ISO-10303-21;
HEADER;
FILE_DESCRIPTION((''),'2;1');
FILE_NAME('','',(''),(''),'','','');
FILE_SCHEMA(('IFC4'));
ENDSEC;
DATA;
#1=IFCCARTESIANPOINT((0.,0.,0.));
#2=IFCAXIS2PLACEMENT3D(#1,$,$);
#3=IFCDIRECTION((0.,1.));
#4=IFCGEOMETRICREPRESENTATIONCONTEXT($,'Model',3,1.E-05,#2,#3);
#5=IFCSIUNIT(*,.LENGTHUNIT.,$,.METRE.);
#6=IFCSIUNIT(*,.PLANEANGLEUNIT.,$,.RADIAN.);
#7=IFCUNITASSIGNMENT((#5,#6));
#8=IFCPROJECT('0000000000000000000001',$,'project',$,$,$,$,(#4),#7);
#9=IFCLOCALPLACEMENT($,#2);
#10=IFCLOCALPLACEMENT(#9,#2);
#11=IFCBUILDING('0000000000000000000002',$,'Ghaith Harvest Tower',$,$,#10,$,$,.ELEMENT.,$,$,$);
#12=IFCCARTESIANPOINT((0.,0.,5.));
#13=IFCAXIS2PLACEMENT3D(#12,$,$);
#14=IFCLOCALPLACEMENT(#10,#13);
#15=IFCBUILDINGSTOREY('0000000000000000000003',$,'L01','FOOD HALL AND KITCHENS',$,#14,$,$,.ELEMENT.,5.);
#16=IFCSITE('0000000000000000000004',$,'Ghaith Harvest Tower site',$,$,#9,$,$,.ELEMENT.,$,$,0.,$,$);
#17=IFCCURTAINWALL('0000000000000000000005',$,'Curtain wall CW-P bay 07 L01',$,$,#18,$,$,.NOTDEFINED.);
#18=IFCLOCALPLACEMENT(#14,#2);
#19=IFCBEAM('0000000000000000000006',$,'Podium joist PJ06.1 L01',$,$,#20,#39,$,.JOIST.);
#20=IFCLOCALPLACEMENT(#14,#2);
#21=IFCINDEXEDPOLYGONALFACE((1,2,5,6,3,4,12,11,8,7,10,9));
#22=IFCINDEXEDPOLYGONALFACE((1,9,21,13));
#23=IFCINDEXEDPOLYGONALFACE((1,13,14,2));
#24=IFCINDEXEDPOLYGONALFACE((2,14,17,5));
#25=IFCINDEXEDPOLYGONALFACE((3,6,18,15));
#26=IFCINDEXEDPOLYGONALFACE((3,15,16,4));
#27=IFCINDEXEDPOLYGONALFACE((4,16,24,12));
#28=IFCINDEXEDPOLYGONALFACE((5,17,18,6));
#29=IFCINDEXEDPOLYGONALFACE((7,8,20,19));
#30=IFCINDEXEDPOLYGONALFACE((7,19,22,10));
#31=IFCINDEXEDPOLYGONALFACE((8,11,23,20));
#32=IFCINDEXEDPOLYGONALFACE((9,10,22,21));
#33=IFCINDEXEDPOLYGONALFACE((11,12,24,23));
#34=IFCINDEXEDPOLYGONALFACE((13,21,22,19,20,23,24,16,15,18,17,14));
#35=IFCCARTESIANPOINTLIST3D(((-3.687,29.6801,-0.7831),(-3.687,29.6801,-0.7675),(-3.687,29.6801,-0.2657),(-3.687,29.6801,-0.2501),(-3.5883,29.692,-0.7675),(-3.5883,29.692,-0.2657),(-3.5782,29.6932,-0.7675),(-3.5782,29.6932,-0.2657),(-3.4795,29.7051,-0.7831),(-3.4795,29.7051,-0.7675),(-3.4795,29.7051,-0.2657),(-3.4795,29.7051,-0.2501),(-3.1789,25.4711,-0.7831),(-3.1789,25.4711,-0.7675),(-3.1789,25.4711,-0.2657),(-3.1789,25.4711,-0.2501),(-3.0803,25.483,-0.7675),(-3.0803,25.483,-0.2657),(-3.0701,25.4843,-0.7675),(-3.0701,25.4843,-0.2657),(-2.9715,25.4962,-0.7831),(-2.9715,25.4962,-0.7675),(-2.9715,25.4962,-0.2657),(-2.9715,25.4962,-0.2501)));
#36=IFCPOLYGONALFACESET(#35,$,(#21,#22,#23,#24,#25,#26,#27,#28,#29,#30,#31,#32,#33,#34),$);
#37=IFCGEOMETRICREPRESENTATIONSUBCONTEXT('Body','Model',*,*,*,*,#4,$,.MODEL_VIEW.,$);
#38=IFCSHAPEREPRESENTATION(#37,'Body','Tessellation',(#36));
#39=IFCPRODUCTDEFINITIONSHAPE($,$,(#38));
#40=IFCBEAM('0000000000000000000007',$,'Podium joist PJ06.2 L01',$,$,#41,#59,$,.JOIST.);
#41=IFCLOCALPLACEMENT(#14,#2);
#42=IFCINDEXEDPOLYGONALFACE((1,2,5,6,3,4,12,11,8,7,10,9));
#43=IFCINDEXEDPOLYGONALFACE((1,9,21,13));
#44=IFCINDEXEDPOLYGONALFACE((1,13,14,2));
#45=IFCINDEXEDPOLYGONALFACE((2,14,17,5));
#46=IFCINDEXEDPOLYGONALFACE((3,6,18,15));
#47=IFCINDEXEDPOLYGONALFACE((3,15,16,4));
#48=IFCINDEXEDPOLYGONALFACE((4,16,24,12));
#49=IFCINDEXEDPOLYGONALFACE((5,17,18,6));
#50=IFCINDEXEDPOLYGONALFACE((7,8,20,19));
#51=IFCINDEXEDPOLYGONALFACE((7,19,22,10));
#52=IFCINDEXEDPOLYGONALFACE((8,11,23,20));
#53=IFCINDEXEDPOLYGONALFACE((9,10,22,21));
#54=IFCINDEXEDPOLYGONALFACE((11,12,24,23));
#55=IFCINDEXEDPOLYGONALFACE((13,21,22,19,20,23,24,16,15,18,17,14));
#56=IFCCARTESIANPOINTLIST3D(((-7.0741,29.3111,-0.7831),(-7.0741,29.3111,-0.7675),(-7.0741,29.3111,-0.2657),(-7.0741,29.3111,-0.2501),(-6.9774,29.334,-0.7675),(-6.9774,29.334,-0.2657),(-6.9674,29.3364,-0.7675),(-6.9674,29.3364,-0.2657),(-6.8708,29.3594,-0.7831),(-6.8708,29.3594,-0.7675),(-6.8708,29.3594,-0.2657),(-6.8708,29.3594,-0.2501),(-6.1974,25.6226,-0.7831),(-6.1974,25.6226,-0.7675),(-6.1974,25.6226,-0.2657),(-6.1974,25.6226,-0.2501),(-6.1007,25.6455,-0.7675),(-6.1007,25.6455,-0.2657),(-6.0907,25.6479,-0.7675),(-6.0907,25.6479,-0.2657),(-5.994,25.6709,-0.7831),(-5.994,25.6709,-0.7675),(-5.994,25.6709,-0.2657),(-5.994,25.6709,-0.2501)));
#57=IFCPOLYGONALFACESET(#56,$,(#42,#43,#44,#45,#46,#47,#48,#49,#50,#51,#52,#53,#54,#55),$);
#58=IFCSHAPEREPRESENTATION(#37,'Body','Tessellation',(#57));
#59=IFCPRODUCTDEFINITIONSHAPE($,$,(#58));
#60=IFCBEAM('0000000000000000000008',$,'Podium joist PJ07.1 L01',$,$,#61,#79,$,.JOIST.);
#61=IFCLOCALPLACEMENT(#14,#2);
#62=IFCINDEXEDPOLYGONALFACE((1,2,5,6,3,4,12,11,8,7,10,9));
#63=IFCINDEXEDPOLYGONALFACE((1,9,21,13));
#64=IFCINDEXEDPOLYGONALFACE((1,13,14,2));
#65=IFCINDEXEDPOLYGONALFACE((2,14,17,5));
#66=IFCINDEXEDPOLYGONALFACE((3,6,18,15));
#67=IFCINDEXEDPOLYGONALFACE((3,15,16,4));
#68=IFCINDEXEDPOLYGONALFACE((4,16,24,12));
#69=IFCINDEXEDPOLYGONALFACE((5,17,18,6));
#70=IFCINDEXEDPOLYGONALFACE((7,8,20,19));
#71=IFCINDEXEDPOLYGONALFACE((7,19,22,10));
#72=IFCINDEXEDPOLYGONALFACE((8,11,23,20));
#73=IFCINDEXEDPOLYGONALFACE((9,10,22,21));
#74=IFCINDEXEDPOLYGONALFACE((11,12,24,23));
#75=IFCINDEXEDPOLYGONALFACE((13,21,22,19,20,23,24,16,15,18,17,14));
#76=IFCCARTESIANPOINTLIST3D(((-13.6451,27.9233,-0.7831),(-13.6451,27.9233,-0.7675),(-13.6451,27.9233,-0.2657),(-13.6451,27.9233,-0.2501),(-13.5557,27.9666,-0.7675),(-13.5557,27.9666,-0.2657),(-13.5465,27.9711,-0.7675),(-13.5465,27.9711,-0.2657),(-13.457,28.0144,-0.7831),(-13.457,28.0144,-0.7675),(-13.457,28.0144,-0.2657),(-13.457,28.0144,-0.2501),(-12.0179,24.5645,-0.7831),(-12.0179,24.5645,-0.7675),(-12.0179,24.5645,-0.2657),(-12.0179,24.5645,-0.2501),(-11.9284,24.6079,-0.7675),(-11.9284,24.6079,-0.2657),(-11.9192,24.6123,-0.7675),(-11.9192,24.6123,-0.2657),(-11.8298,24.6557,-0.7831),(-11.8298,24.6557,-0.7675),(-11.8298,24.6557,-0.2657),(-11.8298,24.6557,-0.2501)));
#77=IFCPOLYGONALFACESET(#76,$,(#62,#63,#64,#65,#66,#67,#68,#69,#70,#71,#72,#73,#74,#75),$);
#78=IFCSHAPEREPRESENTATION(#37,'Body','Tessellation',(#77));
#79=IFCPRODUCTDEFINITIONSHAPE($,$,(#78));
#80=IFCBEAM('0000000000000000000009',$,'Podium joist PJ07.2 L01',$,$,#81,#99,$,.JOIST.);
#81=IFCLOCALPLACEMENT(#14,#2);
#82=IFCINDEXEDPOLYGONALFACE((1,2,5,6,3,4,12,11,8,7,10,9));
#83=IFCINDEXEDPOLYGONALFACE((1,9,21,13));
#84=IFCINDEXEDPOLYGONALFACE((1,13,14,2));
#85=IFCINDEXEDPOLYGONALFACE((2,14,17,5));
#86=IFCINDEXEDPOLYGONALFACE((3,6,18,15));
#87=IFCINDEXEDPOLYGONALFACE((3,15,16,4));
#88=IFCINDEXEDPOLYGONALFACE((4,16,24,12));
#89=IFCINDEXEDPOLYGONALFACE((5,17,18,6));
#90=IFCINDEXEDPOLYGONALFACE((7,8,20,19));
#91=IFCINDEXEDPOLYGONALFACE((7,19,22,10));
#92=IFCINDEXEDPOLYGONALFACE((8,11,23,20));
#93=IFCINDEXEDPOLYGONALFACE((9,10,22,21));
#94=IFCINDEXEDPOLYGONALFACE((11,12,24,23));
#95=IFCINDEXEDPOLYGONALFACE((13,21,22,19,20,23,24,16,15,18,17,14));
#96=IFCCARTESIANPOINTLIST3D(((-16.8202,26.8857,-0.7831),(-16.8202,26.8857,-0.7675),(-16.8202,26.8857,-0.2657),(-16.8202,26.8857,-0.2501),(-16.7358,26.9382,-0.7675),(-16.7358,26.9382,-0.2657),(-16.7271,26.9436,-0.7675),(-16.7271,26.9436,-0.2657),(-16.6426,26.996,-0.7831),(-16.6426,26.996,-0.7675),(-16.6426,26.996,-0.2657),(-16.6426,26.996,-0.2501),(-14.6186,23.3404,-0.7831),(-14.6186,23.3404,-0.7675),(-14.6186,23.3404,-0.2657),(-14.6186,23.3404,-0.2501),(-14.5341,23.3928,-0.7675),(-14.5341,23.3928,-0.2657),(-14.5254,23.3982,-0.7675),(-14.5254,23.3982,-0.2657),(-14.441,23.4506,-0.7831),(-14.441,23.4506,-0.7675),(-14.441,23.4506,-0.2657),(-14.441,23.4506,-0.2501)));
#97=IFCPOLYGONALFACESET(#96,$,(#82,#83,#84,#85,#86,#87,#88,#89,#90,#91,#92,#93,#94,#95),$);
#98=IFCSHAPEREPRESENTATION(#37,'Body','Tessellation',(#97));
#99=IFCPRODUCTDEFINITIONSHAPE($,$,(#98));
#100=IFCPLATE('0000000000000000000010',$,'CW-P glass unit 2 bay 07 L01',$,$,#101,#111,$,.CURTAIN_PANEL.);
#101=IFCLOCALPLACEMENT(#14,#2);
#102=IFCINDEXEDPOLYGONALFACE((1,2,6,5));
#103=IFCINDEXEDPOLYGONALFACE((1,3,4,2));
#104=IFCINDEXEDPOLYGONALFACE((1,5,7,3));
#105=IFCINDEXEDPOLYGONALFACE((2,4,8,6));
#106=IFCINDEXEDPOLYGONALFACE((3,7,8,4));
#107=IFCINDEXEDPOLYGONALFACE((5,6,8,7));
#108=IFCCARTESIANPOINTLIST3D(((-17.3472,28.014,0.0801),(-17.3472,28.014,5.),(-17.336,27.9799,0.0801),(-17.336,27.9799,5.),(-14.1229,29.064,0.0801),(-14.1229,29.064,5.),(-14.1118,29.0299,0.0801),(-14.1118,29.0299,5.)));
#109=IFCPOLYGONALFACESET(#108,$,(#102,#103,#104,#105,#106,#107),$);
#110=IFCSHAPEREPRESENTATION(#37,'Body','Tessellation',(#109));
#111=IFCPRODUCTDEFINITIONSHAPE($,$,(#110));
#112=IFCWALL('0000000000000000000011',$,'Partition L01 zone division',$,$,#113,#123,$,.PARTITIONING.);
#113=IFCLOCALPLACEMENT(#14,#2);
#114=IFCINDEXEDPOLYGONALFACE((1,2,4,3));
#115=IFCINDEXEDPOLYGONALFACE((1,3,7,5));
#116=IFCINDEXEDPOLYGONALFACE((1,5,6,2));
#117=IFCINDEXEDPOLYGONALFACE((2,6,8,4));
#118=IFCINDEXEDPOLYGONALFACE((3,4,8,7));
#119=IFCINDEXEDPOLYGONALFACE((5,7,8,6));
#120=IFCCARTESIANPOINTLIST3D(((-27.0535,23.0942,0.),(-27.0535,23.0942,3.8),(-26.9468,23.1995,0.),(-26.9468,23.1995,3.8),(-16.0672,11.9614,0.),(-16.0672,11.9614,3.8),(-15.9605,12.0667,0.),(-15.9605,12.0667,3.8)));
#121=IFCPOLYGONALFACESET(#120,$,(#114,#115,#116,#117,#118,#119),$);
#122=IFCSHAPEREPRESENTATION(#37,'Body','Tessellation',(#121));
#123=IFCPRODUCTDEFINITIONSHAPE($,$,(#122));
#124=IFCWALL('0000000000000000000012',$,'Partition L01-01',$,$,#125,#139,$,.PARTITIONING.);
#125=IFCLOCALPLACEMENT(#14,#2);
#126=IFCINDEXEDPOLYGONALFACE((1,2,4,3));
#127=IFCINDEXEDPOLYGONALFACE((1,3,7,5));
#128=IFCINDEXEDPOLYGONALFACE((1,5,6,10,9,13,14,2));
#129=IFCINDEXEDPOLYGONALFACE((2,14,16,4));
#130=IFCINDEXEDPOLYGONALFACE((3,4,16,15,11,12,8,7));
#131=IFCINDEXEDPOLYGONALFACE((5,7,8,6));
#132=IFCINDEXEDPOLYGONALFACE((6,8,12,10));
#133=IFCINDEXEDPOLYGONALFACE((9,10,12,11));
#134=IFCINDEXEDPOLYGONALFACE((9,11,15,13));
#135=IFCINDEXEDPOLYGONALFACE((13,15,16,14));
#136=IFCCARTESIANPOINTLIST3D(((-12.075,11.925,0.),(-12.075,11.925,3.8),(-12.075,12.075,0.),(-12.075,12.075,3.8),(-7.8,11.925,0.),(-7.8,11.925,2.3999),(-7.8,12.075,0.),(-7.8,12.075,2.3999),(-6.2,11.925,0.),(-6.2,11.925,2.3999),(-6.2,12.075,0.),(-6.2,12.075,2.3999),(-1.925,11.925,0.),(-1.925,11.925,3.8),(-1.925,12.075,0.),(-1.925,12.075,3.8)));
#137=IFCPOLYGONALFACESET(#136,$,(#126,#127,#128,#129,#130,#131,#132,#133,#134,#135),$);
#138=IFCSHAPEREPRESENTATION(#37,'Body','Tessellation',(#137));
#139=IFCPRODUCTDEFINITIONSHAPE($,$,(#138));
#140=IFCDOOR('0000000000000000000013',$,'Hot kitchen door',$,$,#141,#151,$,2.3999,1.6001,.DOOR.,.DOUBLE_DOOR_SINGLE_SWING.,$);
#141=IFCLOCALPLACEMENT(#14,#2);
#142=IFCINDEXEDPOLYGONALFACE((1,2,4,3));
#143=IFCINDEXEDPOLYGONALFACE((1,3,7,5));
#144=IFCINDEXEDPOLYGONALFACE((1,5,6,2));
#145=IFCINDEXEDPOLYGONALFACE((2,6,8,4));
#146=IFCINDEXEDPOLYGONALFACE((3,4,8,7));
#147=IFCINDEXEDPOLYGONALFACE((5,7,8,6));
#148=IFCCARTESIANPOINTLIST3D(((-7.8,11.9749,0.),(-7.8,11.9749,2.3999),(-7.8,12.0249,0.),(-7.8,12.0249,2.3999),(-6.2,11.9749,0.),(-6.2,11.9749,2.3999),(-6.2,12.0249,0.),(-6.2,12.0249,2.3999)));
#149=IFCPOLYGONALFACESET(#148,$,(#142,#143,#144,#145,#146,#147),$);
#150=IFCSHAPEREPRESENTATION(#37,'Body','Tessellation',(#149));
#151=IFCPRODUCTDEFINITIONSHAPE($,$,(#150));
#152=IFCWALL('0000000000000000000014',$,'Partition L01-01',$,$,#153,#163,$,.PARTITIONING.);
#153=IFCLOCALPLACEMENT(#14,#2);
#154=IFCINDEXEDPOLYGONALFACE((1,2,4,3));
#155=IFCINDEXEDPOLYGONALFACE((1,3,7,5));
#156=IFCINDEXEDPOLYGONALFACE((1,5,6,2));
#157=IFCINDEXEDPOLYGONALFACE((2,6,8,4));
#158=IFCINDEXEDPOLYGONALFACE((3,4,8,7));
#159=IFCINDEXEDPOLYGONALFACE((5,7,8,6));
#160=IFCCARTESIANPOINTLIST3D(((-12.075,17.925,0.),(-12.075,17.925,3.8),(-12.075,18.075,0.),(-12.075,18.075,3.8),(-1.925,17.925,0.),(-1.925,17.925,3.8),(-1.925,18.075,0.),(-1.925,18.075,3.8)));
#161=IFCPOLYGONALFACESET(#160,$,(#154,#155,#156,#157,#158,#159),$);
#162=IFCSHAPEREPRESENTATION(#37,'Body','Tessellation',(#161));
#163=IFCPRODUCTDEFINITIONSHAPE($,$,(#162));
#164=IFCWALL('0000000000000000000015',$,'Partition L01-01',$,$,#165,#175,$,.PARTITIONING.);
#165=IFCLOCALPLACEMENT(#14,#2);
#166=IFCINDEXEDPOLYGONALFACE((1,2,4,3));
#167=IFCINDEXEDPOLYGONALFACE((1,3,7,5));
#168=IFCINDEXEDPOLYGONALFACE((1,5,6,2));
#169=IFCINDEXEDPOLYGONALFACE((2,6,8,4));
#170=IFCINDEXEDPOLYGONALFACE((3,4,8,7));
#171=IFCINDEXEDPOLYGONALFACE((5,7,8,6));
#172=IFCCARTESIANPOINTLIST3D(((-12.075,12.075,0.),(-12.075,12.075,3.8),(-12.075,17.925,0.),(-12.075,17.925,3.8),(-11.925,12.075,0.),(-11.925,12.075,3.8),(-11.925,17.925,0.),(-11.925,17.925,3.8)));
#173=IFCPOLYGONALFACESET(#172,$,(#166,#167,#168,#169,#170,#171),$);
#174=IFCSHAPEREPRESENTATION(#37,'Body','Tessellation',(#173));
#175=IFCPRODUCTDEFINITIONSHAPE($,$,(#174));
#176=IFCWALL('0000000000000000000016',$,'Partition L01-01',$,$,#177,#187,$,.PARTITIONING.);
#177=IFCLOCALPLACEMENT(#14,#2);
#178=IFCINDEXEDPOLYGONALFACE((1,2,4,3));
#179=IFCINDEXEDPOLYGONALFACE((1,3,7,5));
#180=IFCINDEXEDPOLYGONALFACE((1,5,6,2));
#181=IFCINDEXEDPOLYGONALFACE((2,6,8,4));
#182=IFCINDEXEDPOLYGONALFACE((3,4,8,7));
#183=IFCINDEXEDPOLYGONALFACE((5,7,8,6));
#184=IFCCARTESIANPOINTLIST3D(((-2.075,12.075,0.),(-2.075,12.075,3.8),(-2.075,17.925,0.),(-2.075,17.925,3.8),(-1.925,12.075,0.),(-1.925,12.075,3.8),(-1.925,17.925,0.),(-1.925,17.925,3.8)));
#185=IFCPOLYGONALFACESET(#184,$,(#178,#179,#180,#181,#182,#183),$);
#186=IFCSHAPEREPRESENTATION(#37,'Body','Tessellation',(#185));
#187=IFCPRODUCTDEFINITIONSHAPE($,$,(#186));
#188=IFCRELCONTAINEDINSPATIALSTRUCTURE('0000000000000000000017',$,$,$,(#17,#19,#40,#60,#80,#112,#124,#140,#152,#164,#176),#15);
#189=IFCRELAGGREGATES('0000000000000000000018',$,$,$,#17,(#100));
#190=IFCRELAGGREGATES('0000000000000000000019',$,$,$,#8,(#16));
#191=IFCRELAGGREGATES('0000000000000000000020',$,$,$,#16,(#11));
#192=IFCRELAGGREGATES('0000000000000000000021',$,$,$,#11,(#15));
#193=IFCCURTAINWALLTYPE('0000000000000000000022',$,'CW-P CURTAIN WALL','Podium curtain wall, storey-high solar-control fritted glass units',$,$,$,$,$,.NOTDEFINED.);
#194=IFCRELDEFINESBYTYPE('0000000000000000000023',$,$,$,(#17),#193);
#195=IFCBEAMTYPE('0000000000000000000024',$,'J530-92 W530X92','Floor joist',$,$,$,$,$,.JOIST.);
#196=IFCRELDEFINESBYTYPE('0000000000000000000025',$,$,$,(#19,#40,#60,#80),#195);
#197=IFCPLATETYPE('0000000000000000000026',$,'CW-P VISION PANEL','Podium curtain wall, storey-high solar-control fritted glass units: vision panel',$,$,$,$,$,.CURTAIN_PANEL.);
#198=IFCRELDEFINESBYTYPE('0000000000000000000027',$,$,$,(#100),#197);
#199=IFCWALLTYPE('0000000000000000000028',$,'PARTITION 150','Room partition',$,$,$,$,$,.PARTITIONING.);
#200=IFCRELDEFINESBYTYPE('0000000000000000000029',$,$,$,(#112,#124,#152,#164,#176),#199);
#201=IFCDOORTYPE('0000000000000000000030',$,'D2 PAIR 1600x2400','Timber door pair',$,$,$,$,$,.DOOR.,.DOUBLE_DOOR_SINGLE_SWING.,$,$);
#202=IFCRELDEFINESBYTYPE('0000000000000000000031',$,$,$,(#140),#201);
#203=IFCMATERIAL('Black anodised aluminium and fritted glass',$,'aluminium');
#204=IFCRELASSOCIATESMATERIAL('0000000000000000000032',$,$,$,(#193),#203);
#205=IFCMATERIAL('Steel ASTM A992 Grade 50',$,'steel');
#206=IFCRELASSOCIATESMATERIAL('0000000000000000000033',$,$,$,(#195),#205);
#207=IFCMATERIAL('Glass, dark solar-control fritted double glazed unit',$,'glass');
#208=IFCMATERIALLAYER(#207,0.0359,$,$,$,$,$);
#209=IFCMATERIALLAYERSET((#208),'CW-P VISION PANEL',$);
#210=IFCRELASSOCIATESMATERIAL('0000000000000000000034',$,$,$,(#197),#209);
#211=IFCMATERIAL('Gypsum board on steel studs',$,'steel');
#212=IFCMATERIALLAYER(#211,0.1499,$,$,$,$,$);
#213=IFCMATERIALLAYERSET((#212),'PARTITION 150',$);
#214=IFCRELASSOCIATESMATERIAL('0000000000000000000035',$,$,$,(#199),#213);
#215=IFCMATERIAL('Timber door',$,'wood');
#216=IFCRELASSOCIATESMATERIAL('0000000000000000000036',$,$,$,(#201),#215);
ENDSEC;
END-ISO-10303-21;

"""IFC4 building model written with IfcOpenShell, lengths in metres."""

from ifc_helpers import new_model, si_unit, direction, frame, frame_2d, origin, origin_2d, place, context, subcontext, project, spatial, rectangle, i_section, extrude, material, layer, layer_set, material_profile, profile_set, type_object, element, fill, aggregate, save


model = new_model("IFC4")

# Units and contexts
model_context = context("Model", 3, precision=1e-05, world=origin(), true_north=direction((0.0, 1.0)))
body_context = subcontext(model_context, "Body", "Model", "MODEL_VIEW")
ifc_project = project(units=[si_unit("LENGTHUNIT", "METRE"), si_unit("PLANEANGLEUNIT", "RADIAN")], contexts=[model_context])

# Site, building, storey
site_placement = place(None, origin())
site = spatial("IfcSite", under=ifc_project, at=site_placement, Name="Ghaith Harvest Tower site", CompositionType="ELEMENT", RefElevation=0.0)
building_placement = place(site_placement, origin())
building = spatial("IfcBuilding", under=site, at=building_placement, Name="Ghaith Harvest Tower", CompositionType="ELEMENT")
storey_placement = place(building_placement, frame((0.0, 0.0, 5.0)))
storey = spatial("IfcBuildingStorey", under=building, at=storey_placement, Name="L01", Description="FOOD HALL AND KITCHENS", CompositionType="ELEMENT", Elevation=5.0)

# Curtain wall
ifc_material_1 = material(Name="Black anodised aluminium and fritted glass", Category="aluminium")
curtain_wall_type = type_object("IfcCurtainWallType", Name="CW-P CURTAIN WALL", Description="Podium curtain wall, storey-high solar-control fritted glass units", PredefinedType="NOTDEFINED", material=ifc_material_1)
curtain_wall_placement = place(storey_placement, origin())
curtain_wall = element("IfcCurtainWall", 1, at=curtain_wall_placement, inside=storey, type_object=curtain_wall_type, Name="Curtain wall CW-P bay 07 L01", PredefinedType="NOTDEFINED")

# Beams
ifc_material_2 = material(Name="Steel ASTM A992 Grade 50", Category="steel")
ifc_material_profile_1 = material_profile(ifc_material_2, i_section(OverallWidth=0.209, OverallDepth=0.533, WebThickness=0.0103, FlangeThickness=0.0156, at=origin_2d()), Name="W530X92")
ifc_profile_set_1 = profile_set([ifc_material_profile_1], Name="Steel ASTM A992 Grade 50")
beam_type_1 = type_object("IfcBeamType", Name="J530-92 W530X92", Description="Floor joist", PredefinedType="JOIST", material=ifc_profile_set_1)
beam_1_placement = place(storey_placement, frame((-3.0752, 25.4836, -0.5166), z_axis=(-0.119838, 0.992793, 0.0), x_axis=(-0.992793, -0.119838, 0.0)))
element("IfcBeam", 2, at=beam_1_placement, inside=storey, type_object=beam_type_1, Name="Podium joist PJ06.1 L01", PredefinedType="JOIST", context=body_context, shape_type="SweptSolid", body=[
    extrude(i_section(OverallWidth=0.209, OverallDepth=0.533, WebThickness=0.0103, FlangeThickness=0.0156, at=origin_2d()), origin(), (0.0, 0.0, 1.0), 4.2395),
])
beam_2_placement = place(storey_placement, frame((-6.0957, 25.6467, -0.5166), z_axis=(-0.231246, 0.972895, 0.0), x_axis=(-0.972895, -0.231246, 0.0)))
element("IfcBeam", 3, at=beam_2_placement, inside=storey, type_object=beam_type_1, Name="Podium joist PJ06.2 L01", PredefinedType="JOIST", context=body_context, shape_type="SweptSolid", body=[
    extrude(i_section(OverallWidth=0.209, OverallDepth=0.533, WebThickness=0.0103, FlangeThickness=0.0156, at=origin_2d()), origin(), (0.0, 0.0, 1.0), 3.7913),
])
beam_3_placement = place(storey_placement, frame((-11.9238, 24.6101, -0.5166), z_axis=(-0.436005, 0.899944, 0.0), x_axis=(-0.899944, -0.436005, 0.0)))
element("IfcBeam", 4, at=beam_3_placement, inside=storey, type_object=beam_type_1, Name="Podium joist PJ07.1 L01", PredefinedType="JOIST", context=body_context, shape_type="SweptSolid", body=[
    extrude(i_section(OverallWidth=0.209, OverallDepth=0.533, WebThickness=0.0103, FlangeThickness=0.0156, at=origin_2d()), origin(), (0.0, 0.0, 1.0), 3.7322),
])
beam_4_placement = place(storey_placement, frame((-14.5298, 23.3955, -0.5166), z_axis=(-0.527546, 0.849526, 0.0), x_axis=(-0.849526, -0.527546, 0.0)))
element("IfcBeam", 5, at=beam_4_placement, inside=storey, type_object=beam_type_1, Name="Podium joist PJ07.2 L01", PredefinedType="JOIST", context=body_context, shape_type="SweptSolid", body=[
    extrude(i_section(OverallWidth=0.209, OverallDepth=0.533, WebThickness=0.0103, FlangeThickness=0.0156, at=origin_2d()), origin(), (0.0, 0.0, 1.0), 4.1733),
])

# Plate
ifc_material_3 = material(Name="Glass, dark solar-control fritted double glazed unit", Category="glass")
ifc_layer_1 = layer(ifc_material_3, 0.0359)
ifc_layer_set_1 = layer_set([ifc_layer_1], Name="CW-P VISION PANEL")
plate_type = type_object("IfcPlateType", Name="CW-P VISION PANEL", Description="Podium curtain wall, storey-high solar-control fritted glass units: vision panel", PredefinedType="CURTAIN_PANEL", material=ifc_layer_set_1)
plate_placement = place(storey_placement, frame((-15.7295, 28.522, 0.0801), z_axis=(0.0, 0.0, 1.0), x_axis=(-0.95085, -0.309651, 0.0)))
plate = element("IfcPlate", 6, at=plate_placement, type_object=plate_type, Name="CW-P glass unit 2 bay 07 L01", PredefinedType="CURTAIN_PANEL", context=body_context, shape_type="SweptSolid", body=[
    extrude(rectangle(XDim=3.3909, YDim=0.0359, at=origin_2d()), origin(), (0.0, 0.0, 1.0), 4.9199),
])
aggregate(curtain_wall, [plate])

# Wall
ifc_material_4 = material(Name="Gypsum board on steel studs", Category="steel")
ifc_layer_2 = layer(ifc_material_4, 0.1499)
ifc_layer_set_2 = layer_set([ifc_layer_2], Name="PARTITION 150")
wall_type = type_object("IfcWallType", Name="PARTITION 150", Description="Room partition", PredefinedType="PARTITIONING", material=ifc_layer_set_2)
wall_1_placement = place(storey_placement, frame((-16.0139, 12.0142, 0.0), z_axis=(0.0, 0.0, 1.0), x_axis=(-0.702409, 0.711774, 0.0)))
element("IfcWall", 7, at=wall_1_placement, inside=storey, type_object=wall_type, Name="Partition L01 zone division", PredefinedType="PARTITIONING", context=body_context, shape_type="SweptSolid", body=[
    extrude(rectangle(XDim=15.6409, YDim=0.1499, at=frame_2d((7.8203, 0.0))), origin(), (0.0, 0.0, 1.0), 3.8),
])

# Wall, opening, door
wall_2_placement = place(storey_placement, frame((-12.075, 12.0, 0.0), z_axis=(0.0, 0.0, 1.0), x_axis=(1.0, 0.0, 0.0)))
wall_2 = element("IfcWall", 8, at=wall_2_placement, inside=storey, type_object=wall_type, Name="Partition L01-01", PredefinedType="PARTITIONING", context=body_context, shape_type="SweptSolid", body=[
    extrude(rectangle(XDim=10.1499, YDim=0.1499, at=frame_2d((5.075, 0.0))), origin(), (0.0, 0.0, 1.0), 3.8),
])
opening_placement = place(wall_2_placement, frame((4.2749, 0.0, 0.0)))
opening = element("IfcOpeningElement", 9, at=opening_placement, cuts=wall_2, PredefinedType="OPENING", context=body_context, shape_type="SweptSolid", body=[
    extrude(rectangle(XDim=1.6001, YDim=2.3999, at=frame_2d((0.8, 1.2))), frame((0.0, 0.085, 0.0), z_axis=(0.0, -1.0, 0.0), x_axis=(1.0, 0.0, 0.0)), (0.0, 0.0, 1.0), 0.1699),
])
ifc_material_5 = material(Name="Timber door", Category="wood")
door_type = type_object("IfcDoorType", Name="D2 PAIR 1600x2400", Description="Timber door pair", OperationType="DOUBLE_DOOR_SINGLE_SWING", PredefinedType="DOOR", material=ifc_material_5)
door_placement = place(opening_placement, origin())
door = element("IfcDoor", 10, at=door_placement, inside=storey, type_object=door_type, Name="Hot kitchen door", OperationType="DOUBLE_DOOR_SINGLE_SWING", OverallHeight=2.3999, OverallWidth=1.6001, PredefinedType="DOOR", context=body_context, shape_type="SweptSolid", body=[
    extrude(rectangle(XDim=1.6001, YDim=2.3999, at=frame_2d((0.8, 1.2))), frame((0.0, 0.0249, 0.0), z_axis=(0.0, -1.0, 0.0), x_axis=(1.0, 0.0, 0.0)), (0.0, 0.0, 1.0), 0.05),
])
fill(opening, door)

# Walls
wall_3_placement = place(storey_placement, frame((-12.075, 18.0, 0.0), z_axis=(0.0, 0.0, 1.0), x_axis=(1.0, 0.0, 0.0)))
element("IfcWall", 11, at=wall_3_placement, inside=storey, type_object=wall_type, Name="Partition L01-01", PredefinedType="PARTITIONING", context=body_context, shape_type="SweptSolid", body=[
    extrude(rectangle(XDim=10.1499, YDim=0.1499, at=frame_2d((5.075, 0.0))), origin(), (0.0, 0.0, 1.0), 3.8),
])
for number, where, z_axis, x_axis, name in (
    (12, (-12.0, 12.075, 0.0), (0.0, 0.0, 1.0), (0.0, 1.0, 0.0), "Partition L01-01"),
    (13, (-2.0, 12.075, 0.0), (0.0, 0.0, 1.0), (0.0, 1.0, 0.0), "Partition L01-01"),
):
    element("IfcWall", number, at=place(storey_placement, frame(where, z_axis=z_axis, x_axis=x_axis)), inside=storey, type_object=wall_type, Name=name, PredefinedType="PARTITIONING", context=body_context, shape_type="SweptSolid", body=[
        extrude(rectangle(XDim=5.8501, YDim=0.1499, at=frame_2d((2.925, 0.0))), origin(), (0.0, 0.0, 1.0), 3.8),
    ])

save(model, "model.ifc")
